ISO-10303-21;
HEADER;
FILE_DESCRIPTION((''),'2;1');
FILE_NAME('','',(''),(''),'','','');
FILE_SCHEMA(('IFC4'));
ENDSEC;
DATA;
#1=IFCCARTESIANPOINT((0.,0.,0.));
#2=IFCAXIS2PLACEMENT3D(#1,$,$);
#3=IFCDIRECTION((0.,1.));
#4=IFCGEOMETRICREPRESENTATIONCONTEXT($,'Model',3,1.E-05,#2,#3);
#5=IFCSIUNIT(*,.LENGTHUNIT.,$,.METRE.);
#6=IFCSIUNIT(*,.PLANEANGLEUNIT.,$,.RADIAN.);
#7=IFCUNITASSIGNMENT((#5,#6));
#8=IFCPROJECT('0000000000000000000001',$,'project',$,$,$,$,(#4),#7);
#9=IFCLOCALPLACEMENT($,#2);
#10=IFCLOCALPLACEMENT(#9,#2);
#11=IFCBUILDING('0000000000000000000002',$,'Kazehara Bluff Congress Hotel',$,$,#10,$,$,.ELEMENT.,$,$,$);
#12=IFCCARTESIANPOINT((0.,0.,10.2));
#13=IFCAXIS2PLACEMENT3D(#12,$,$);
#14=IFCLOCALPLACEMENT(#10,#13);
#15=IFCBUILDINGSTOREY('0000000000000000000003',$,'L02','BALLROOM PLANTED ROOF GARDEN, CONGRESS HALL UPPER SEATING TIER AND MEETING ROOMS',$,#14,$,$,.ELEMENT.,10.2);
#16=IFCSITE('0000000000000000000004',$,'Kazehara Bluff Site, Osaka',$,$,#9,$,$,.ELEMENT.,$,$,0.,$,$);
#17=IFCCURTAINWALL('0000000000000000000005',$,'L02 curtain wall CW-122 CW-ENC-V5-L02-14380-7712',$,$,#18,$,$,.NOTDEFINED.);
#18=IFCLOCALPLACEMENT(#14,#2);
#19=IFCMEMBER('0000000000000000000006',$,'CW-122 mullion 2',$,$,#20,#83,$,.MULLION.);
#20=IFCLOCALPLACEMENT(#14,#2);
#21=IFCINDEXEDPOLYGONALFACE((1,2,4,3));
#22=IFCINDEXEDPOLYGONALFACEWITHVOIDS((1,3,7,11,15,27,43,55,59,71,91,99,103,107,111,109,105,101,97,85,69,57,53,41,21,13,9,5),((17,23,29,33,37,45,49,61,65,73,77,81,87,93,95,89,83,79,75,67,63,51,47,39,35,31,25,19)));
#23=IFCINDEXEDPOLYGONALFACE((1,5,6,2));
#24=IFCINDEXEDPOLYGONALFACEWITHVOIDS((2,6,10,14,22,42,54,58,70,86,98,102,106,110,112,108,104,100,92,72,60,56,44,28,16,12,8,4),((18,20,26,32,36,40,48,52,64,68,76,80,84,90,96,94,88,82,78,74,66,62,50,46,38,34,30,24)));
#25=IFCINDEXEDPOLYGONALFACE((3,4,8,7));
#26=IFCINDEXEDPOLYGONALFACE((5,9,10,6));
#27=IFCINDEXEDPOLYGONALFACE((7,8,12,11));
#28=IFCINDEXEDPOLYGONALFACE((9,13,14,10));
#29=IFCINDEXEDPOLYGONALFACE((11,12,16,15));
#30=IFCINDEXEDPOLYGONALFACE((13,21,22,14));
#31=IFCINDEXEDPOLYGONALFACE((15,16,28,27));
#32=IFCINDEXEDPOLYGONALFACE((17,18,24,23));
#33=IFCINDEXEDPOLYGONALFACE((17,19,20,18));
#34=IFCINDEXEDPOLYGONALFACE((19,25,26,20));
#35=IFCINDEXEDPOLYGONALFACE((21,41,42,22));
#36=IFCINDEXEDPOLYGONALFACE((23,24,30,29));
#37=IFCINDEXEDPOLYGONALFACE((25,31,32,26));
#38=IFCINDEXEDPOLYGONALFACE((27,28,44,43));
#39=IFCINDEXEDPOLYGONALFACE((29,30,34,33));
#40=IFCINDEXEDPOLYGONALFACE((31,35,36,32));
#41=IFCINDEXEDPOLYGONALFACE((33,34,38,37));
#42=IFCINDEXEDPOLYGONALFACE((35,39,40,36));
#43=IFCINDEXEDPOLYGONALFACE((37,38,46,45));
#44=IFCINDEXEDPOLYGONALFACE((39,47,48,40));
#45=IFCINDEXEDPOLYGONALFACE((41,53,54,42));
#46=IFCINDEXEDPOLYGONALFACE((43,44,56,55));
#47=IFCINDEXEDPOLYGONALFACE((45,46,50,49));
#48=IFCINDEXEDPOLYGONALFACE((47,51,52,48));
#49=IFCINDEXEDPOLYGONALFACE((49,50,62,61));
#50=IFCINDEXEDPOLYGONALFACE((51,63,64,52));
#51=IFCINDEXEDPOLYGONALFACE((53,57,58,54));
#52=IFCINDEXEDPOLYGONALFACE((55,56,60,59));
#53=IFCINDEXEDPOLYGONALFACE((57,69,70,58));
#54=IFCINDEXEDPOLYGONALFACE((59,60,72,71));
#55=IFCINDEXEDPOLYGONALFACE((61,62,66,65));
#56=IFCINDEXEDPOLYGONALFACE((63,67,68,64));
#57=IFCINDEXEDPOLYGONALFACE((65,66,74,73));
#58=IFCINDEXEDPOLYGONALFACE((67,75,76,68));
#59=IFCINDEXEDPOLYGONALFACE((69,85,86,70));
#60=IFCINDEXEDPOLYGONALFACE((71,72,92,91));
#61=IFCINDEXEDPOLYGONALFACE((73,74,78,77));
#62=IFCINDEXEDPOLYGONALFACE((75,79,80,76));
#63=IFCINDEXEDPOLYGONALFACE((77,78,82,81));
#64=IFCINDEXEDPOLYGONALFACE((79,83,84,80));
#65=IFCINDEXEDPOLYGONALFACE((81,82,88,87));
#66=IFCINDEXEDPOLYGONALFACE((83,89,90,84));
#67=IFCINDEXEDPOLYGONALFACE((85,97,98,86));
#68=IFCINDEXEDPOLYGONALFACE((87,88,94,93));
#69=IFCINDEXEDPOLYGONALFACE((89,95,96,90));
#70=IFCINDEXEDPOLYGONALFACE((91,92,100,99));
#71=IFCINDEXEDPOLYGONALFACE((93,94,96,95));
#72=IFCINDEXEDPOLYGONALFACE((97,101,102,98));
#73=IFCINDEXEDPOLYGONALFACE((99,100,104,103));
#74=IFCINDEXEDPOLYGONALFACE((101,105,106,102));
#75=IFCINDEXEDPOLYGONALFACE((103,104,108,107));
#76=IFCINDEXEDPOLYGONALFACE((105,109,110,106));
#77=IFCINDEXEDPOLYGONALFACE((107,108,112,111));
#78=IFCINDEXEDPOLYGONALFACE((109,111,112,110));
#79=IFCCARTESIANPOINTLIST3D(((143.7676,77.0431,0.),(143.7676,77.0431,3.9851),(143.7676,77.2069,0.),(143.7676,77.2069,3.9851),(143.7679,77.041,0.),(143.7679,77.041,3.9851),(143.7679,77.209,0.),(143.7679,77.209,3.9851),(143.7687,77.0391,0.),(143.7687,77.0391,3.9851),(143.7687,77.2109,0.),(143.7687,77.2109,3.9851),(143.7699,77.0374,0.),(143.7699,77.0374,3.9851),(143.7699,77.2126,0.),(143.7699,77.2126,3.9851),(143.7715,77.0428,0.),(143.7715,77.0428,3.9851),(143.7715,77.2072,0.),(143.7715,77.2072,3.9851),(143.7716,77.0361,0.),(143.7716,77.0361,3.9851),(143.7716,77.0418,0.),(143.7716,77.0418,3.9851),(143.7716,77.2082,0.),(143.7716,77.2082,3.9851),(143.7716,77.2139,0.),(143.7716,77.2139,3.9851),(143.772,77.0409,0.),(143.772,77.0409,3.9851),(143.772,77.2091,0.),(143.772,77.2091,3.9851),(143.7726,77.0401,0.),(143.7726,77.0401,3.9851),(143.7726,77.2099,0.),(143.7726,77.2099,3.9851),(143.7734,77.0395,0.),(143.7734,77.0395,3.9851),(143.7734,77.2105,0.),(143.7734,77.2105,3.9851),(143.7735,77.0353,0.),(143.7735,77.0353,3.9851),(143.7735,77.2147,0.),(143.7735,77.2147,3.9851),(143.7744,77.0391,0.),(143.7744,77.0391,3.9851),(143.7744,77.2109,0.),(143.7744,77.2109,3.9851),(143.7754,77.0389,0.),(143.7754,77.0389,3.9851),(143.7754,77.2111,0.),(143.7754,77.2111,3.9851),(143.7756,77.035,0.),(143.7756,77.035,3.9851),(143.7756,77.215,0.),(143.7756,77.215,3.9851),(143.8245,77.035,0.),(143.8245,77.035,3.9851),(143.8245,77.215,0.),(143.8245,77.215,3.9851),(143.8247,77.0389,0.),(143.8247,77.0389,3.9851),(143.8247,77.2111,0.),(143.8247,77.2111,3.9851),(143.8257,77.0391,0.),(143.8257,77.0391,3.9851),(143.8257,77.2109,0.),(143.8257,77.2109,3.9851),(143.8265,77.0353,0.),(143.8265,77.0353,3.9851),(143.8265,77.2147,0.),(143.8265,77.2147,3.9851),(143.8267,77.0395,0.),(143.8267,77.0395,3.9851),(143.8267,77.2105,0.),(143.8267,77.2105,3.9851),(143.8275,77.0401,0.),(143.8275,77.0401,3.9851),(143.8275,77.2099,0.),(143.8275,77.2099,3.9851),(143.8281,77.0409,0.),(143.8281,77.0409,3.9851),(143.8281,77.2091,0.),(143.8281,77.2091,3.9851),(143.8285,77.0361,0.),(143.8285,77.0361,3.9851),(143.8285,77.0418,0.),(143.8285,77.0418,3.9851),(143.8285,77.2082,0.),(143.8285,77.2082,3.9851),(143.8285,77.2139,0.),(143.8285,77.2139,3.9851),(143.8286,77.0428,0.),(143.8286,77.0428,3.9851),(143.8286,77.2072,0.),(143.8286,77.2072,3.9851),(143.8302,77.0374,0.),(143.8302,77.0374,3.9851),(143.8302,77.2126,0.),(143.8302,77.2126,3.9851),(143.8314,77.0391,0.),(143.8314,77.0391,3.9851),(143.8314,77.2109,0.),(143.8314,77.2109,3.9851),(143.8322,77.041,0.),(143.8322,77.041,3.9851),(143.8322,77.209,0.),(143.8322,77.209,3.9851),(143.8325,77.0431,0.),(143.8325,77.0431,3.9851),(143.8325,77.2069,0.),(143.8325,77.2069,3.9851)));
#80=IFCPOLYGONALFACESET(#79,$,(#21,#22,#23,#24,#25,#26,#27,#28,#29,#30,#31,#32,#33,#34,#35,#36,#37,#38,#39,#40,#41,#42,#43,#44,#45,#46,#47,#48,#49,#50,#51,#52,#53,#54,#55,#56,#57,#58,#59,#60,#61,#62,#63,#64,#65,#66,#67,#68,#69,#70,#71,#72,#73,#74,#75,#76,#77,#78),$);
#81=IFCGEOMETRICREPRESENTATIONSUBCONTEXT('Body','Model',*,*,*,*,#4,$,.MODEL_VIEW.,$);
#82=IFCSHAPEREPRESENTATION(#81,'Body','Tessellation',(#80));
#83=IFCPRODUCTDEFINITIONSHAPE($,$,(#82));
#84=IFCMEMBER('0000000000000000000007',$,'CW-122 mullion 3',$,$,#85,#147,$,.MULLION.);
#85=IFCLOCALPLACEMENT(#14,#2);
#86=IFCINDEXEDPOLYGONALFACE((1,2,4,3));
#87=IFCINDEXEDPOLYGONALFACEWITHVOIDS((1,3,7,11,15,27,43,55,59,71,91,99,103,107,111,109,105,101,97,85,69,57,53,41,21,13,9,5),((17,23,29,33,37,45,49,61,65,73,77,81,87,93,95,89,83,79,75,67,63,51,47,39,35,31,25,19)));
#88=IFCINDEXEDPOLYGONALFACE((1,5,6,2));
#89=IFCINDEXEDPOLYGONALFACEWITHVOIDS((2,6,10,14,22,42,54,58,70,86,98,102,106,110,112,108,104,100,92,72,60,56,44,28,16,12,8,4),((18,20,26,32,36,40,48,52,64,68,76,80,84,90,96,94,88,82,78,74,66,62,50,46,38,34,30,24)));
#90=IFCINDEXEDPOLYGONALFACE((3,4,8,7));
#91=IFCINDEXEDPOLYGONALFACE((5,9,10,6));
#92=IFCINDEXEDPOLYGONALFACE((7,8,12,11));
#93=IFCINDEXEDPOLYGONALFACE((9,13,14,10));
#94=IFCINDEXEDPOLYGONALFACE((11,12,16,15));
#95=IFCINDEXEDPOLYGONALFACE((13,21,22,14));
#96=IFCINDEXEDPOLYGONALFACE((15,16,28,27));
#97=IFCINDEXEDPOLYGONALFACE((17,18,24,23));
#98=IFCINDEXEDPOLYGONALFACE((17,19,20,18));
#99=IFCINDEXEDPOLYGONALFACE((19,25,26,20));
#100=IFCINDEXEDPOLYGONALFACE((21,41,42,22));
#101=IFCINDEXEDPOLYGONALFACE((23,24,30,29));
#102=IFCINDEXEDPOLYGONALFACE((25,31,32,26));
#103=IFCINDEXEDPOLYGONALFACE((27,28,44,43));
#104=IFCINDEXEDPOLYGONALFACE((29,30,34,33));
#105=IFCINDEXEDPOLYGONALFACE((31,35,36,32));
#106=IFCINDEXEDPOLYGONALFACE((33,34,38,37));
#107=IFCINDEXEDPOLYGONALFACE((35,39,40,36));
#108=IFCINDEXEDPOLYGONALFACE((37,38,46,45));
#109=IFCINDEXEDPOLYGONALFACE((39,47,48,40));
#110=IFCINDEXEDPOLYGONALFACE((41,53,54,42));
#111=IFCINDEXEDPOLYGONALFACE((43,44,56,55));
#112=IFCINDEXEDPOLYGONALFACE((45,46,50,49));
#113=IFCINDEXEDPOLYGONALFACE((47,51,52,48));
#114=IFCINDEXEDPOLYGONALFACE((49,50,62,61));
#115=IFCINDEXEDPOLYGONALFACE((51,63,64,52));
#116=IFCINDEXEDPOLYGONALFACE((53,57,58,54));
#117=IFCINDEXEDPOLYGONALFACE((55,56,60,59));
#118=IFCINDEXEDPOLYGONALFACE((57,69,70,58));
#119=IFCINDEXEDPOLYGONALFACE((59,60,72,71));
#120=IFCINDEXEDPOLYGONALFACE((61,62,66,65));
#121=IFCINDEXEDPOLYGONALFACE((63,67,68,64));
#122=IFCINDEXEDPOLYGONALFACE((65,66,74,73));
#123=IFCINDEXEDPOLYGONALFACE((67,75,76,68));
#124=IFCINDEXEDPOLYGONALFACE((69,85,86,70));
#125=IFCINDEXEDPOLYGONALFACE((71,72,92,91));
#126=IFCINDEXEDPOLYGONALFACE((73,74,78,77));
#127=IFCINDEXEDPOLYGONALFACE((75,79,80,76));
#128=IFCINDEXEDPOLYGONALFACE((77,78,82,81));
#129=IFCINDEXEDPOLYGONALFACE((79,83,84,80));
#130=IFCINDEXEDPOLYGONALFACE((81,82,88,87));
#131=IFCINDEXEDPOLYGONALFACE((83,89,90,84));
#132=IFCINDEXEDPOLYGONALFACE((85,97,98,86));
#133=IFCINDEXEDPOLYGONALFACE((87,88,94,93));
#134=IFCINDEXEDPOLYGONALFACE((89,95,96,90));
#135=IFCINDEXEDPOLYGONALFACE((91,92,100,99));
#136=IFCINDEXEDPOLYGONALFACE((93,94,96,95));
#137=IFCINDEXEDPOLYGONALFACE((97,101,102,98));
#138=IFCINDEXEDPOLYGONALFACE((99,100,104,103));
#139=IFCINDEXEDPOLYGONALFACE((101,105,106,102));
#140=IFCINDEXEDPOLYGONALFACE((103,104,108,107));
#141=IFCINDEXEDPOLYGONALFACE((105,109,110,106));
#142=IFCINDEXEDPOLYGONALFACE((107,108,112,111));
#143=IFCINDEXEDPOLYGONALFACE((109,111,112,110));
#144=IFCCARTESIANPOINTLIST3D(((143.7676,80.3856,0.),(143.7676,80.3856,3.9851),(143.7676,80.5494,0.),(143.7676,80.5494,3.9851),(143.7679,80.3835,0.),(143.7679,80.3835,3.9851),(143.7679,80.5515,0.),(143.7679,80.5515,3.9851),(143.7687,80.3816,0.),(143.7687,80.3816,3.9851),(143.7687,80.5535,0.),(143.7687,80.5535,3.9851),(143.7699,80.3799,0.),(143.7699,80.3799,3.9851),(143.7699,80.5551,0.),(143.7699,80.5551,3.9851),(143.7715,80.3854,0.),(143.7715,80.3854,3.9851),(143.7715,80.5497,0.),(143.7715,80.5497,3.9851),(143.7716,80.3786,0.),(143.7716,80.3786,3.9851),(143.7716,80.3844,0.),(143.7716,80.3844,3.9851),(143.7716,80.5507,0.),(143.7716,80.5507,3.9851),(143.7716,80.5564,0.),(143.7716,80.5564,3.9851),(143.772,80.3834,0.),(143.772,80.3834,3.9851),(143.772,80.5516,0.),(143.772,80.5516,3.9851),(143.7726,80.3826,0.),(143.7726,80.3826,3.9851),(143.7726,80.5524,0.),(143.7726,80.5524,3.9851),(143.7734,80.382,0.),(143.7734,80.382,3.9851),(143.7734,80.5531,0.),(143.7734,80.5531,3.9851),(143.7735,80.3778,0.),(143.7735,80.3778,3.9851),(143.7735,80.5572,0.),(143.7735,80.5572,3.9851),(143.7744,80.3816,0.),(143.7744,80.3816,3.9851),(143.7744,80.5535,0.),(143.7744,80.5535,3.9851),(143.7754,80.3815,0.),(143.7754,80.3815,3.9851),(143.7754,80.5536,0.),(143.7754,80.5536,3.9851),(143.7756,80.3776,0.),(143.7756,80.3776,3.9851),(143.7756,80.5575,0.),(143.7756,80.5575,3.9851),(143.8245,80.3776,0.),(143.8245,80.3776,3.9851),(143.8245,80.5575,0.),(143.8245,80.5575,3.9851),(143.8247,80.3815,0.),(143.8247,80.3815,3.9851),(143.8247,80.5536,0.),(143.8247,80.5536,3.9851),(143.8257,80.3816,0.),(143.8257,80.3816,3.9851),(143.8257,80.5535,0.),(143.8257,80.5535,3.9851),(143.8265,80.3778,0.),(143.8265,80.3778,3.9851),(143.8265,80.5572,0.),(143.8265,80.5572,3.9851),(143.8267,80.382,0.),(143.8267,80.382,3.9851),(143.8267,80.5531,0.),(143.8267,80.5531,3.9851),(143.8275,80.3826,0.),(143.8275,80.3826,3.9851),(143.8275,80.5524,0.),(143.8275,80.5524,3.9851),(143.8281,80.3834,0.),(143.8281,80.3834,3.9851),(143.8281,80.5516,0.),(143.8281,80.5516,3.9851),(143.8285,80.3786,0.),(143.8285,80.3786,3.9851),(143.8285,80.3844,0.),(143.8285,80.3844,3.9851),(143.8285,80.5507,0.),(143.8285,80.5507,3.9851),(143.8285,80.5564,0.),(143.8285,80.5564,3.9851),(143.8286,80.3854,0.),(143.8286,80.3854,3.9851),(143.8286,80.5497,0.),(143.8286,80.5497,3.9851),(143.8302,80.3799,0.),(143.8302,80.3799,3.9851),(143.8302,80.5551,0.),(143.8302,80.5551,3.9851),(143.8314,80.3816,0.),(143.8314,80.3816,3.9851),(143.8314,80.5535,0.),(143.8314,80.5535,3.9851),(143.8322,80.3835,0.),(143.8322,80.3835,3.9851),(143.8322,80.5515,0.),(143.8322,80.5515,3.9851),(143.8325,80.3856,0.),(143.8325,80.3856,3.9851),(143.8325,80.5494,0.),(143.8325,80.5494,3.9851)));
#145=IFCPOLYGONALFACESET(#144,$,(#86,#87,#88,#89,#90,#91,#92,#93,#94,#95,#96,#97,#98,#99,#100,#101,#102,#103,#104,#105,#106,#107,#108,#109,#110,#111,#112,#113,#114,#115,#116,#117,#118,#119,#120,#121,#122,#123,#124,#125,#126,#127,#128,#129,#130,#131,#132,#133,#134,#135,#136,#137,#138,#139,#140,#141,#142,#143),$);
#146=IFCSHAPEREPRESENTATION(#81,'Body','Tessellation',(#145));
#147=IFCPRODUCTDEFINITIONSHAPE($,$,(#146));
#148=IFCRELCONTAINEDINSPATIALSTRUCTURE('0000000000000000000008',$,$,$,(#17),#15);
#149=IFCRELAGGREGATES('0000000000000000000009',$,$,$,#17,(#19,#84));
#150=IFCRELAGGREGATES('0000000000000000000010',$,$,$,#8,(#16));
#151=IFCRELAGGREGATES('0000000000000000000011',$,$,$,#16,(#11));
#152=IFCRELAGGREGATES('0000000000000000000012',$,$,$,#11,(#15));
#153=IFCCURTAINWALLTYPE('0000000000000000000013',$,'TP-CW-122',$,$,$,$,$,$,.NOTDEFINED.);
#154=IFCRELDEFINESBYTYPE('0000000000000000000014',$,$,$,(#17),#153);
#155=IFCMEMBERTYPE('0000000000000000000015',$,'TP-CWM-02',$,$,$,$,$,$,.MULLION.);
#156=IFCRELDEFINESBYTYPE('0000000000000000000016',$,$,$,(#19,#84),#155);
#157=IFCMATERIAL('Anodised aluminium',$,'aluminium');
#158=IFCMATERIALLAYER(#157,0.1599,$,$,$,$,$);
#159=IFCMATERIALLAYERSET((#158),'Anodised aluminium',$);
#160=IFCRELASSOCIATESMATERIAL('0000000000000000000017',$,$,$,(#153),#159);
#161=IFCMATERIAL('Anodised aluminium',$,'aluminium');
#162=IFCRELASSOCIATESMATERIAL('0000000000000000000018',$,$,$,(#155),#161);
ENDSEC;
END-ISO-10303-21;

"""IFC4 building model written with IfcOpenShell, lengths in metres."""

from ifc_helpers import new_model, si_unit, direction, frame, origin, origin_2d, place, context, subcontext, project, spatial, hollow_rectangle, extrude, material, layer, layer_set, material_profile, profile_set, type_object, element, aggregate, save


model = new_model("IFC4")

# Units and contexts
model_context = context("Model", 3, precision=1e-05, world=origin(), true_north=direction((0.0, 1.0)))
body_context = subcontext(model_context, "Body", "Model", "MODEL_VIEW")
ifc_project = project(units=[si_unit("LENGTHUNIT", "METRE"), si_unit("PLANEANGLEUNIT", "RADIAN")], contexts=[model_context])

# Site, building, storey
site_placement = place(None, origin())
site = spatial("IfcSite", under=ifc_project, at=site_placement, Name="Kazehara Bluff Site, Osaka", CompositionType="ELEMENT", RefElevation=0.0)
building_placement = place(site_placement, origin())
building = spatial("IfcBuilding", under=site, at=building_placement, Name="Kazehara Bluff Congress Hotel", CompositionType="ELEMENT")
storey_placement = place(building_placement, frame((0.0, 0.0, 10.2)))
storey = spatial("IfcBuildingStorey", under=building, at=storey_placement, Name="L02", Description="BALLROOM PLANTED ROOF GARDEN, CONGRESS HALL UPPER SEATING TIER AND MEETING ROOMS", CompositionType="ELEMENT", Elevation=10.2)

# Curtain wall, members
ifc_material_1 = material(Name="Anodised aluminium", Category="aluminium")
ifc_layer_1 = layer(ifc_material_1, 0.1599)
ifc_layer_set_1 = layer_set([ifc_layer_1], Name="Anodised aluminium")
curtain_wall_type_1 = type_object("IfcCurtainWallType", Name="TP-CW-122", PredefinedType="NOTDEFINED", material=ifc_layer_set_1)
curtain_wall_1_placement = place(storey_placement, origin())
curtain_wall_1 = element("IfcCurtainWall", 1, at=curtain_wall_1_placement, inside=storey, type_object=curtain_wall_type_1, Name="L02 curtain wall CW-122 CW-ENC-V5-L02-14380-7712", PredefinedType="NOTDEFINED")
ifc_material_2 = material(Name="Anodised aluminium", Category="aluminium")
ifc_material_profile_1 = material_profile(ifc_material_2, hollow_rectangle(XDim=0.0649, YDim=0.1799, WallThickness=0.0039, InnerFilletRadius=0.0039, OuterFilletRadius=0.0081, at=origin_2d()))
ifc_profile_set_1 = profile_set([ifc_material_profile_1], Name="Anodised aluminium")
member_type_1 = type_object("IfcMemberType", Name="TP-CWM-02", PredefinedType="MULLION", material=ifc_profile_set_1)
member_1_placement = place(storey_placement, frame((143.8, 77.125, 0.0), z_axis=(0.0, 0.0, 1.0), x_axis=(-1.0, 0.0, 0.0)))
member_1 = element("IfcMember", 2, at=member_1_placement, type_object=member_type_1, Name="CW-122 mullion 2", PredefinedType="MULLION", context=body_context, shape_type="SweptSolid", body=[
    extrude(hollow_rectangle(XDim=0.0649, YDim=0.1799, WallThickness=0.0039, InnerFilletRadius=0.0039, OuterFilletRadius=0.0081, at=origin_2d()), origin(), (0.0, 0.0, 1.0), 3.9851),
])
member_2_placement = place(storey_placement, frame((143.8, 80.4675, 0.0), z_axis=(0.0, 0.0, 1.0), x_axis=(-1.0, 0.0, 0.0)))
member_2 = element("IfcMember", 3, at=member_2_placement, type_object=member_type_1, Name="CW-122 mullion 3", PredefinedType="MULLION", context=body_context, shape_type="SweptSolid", body=[
    extrude(hollow_rectangle(XDim=0.0649, YDim=0.1799, WallThickness=0.0039, InnerFilletRadius=0.0039, OuterFilletRadius=0.0081, at=origin_2d()), origin(), (0.0, 0.0, 1.0), 3.9851),
])

aggregate(curtain_wall_1, [member_1, member_2])

save(model, "model.ifc")
